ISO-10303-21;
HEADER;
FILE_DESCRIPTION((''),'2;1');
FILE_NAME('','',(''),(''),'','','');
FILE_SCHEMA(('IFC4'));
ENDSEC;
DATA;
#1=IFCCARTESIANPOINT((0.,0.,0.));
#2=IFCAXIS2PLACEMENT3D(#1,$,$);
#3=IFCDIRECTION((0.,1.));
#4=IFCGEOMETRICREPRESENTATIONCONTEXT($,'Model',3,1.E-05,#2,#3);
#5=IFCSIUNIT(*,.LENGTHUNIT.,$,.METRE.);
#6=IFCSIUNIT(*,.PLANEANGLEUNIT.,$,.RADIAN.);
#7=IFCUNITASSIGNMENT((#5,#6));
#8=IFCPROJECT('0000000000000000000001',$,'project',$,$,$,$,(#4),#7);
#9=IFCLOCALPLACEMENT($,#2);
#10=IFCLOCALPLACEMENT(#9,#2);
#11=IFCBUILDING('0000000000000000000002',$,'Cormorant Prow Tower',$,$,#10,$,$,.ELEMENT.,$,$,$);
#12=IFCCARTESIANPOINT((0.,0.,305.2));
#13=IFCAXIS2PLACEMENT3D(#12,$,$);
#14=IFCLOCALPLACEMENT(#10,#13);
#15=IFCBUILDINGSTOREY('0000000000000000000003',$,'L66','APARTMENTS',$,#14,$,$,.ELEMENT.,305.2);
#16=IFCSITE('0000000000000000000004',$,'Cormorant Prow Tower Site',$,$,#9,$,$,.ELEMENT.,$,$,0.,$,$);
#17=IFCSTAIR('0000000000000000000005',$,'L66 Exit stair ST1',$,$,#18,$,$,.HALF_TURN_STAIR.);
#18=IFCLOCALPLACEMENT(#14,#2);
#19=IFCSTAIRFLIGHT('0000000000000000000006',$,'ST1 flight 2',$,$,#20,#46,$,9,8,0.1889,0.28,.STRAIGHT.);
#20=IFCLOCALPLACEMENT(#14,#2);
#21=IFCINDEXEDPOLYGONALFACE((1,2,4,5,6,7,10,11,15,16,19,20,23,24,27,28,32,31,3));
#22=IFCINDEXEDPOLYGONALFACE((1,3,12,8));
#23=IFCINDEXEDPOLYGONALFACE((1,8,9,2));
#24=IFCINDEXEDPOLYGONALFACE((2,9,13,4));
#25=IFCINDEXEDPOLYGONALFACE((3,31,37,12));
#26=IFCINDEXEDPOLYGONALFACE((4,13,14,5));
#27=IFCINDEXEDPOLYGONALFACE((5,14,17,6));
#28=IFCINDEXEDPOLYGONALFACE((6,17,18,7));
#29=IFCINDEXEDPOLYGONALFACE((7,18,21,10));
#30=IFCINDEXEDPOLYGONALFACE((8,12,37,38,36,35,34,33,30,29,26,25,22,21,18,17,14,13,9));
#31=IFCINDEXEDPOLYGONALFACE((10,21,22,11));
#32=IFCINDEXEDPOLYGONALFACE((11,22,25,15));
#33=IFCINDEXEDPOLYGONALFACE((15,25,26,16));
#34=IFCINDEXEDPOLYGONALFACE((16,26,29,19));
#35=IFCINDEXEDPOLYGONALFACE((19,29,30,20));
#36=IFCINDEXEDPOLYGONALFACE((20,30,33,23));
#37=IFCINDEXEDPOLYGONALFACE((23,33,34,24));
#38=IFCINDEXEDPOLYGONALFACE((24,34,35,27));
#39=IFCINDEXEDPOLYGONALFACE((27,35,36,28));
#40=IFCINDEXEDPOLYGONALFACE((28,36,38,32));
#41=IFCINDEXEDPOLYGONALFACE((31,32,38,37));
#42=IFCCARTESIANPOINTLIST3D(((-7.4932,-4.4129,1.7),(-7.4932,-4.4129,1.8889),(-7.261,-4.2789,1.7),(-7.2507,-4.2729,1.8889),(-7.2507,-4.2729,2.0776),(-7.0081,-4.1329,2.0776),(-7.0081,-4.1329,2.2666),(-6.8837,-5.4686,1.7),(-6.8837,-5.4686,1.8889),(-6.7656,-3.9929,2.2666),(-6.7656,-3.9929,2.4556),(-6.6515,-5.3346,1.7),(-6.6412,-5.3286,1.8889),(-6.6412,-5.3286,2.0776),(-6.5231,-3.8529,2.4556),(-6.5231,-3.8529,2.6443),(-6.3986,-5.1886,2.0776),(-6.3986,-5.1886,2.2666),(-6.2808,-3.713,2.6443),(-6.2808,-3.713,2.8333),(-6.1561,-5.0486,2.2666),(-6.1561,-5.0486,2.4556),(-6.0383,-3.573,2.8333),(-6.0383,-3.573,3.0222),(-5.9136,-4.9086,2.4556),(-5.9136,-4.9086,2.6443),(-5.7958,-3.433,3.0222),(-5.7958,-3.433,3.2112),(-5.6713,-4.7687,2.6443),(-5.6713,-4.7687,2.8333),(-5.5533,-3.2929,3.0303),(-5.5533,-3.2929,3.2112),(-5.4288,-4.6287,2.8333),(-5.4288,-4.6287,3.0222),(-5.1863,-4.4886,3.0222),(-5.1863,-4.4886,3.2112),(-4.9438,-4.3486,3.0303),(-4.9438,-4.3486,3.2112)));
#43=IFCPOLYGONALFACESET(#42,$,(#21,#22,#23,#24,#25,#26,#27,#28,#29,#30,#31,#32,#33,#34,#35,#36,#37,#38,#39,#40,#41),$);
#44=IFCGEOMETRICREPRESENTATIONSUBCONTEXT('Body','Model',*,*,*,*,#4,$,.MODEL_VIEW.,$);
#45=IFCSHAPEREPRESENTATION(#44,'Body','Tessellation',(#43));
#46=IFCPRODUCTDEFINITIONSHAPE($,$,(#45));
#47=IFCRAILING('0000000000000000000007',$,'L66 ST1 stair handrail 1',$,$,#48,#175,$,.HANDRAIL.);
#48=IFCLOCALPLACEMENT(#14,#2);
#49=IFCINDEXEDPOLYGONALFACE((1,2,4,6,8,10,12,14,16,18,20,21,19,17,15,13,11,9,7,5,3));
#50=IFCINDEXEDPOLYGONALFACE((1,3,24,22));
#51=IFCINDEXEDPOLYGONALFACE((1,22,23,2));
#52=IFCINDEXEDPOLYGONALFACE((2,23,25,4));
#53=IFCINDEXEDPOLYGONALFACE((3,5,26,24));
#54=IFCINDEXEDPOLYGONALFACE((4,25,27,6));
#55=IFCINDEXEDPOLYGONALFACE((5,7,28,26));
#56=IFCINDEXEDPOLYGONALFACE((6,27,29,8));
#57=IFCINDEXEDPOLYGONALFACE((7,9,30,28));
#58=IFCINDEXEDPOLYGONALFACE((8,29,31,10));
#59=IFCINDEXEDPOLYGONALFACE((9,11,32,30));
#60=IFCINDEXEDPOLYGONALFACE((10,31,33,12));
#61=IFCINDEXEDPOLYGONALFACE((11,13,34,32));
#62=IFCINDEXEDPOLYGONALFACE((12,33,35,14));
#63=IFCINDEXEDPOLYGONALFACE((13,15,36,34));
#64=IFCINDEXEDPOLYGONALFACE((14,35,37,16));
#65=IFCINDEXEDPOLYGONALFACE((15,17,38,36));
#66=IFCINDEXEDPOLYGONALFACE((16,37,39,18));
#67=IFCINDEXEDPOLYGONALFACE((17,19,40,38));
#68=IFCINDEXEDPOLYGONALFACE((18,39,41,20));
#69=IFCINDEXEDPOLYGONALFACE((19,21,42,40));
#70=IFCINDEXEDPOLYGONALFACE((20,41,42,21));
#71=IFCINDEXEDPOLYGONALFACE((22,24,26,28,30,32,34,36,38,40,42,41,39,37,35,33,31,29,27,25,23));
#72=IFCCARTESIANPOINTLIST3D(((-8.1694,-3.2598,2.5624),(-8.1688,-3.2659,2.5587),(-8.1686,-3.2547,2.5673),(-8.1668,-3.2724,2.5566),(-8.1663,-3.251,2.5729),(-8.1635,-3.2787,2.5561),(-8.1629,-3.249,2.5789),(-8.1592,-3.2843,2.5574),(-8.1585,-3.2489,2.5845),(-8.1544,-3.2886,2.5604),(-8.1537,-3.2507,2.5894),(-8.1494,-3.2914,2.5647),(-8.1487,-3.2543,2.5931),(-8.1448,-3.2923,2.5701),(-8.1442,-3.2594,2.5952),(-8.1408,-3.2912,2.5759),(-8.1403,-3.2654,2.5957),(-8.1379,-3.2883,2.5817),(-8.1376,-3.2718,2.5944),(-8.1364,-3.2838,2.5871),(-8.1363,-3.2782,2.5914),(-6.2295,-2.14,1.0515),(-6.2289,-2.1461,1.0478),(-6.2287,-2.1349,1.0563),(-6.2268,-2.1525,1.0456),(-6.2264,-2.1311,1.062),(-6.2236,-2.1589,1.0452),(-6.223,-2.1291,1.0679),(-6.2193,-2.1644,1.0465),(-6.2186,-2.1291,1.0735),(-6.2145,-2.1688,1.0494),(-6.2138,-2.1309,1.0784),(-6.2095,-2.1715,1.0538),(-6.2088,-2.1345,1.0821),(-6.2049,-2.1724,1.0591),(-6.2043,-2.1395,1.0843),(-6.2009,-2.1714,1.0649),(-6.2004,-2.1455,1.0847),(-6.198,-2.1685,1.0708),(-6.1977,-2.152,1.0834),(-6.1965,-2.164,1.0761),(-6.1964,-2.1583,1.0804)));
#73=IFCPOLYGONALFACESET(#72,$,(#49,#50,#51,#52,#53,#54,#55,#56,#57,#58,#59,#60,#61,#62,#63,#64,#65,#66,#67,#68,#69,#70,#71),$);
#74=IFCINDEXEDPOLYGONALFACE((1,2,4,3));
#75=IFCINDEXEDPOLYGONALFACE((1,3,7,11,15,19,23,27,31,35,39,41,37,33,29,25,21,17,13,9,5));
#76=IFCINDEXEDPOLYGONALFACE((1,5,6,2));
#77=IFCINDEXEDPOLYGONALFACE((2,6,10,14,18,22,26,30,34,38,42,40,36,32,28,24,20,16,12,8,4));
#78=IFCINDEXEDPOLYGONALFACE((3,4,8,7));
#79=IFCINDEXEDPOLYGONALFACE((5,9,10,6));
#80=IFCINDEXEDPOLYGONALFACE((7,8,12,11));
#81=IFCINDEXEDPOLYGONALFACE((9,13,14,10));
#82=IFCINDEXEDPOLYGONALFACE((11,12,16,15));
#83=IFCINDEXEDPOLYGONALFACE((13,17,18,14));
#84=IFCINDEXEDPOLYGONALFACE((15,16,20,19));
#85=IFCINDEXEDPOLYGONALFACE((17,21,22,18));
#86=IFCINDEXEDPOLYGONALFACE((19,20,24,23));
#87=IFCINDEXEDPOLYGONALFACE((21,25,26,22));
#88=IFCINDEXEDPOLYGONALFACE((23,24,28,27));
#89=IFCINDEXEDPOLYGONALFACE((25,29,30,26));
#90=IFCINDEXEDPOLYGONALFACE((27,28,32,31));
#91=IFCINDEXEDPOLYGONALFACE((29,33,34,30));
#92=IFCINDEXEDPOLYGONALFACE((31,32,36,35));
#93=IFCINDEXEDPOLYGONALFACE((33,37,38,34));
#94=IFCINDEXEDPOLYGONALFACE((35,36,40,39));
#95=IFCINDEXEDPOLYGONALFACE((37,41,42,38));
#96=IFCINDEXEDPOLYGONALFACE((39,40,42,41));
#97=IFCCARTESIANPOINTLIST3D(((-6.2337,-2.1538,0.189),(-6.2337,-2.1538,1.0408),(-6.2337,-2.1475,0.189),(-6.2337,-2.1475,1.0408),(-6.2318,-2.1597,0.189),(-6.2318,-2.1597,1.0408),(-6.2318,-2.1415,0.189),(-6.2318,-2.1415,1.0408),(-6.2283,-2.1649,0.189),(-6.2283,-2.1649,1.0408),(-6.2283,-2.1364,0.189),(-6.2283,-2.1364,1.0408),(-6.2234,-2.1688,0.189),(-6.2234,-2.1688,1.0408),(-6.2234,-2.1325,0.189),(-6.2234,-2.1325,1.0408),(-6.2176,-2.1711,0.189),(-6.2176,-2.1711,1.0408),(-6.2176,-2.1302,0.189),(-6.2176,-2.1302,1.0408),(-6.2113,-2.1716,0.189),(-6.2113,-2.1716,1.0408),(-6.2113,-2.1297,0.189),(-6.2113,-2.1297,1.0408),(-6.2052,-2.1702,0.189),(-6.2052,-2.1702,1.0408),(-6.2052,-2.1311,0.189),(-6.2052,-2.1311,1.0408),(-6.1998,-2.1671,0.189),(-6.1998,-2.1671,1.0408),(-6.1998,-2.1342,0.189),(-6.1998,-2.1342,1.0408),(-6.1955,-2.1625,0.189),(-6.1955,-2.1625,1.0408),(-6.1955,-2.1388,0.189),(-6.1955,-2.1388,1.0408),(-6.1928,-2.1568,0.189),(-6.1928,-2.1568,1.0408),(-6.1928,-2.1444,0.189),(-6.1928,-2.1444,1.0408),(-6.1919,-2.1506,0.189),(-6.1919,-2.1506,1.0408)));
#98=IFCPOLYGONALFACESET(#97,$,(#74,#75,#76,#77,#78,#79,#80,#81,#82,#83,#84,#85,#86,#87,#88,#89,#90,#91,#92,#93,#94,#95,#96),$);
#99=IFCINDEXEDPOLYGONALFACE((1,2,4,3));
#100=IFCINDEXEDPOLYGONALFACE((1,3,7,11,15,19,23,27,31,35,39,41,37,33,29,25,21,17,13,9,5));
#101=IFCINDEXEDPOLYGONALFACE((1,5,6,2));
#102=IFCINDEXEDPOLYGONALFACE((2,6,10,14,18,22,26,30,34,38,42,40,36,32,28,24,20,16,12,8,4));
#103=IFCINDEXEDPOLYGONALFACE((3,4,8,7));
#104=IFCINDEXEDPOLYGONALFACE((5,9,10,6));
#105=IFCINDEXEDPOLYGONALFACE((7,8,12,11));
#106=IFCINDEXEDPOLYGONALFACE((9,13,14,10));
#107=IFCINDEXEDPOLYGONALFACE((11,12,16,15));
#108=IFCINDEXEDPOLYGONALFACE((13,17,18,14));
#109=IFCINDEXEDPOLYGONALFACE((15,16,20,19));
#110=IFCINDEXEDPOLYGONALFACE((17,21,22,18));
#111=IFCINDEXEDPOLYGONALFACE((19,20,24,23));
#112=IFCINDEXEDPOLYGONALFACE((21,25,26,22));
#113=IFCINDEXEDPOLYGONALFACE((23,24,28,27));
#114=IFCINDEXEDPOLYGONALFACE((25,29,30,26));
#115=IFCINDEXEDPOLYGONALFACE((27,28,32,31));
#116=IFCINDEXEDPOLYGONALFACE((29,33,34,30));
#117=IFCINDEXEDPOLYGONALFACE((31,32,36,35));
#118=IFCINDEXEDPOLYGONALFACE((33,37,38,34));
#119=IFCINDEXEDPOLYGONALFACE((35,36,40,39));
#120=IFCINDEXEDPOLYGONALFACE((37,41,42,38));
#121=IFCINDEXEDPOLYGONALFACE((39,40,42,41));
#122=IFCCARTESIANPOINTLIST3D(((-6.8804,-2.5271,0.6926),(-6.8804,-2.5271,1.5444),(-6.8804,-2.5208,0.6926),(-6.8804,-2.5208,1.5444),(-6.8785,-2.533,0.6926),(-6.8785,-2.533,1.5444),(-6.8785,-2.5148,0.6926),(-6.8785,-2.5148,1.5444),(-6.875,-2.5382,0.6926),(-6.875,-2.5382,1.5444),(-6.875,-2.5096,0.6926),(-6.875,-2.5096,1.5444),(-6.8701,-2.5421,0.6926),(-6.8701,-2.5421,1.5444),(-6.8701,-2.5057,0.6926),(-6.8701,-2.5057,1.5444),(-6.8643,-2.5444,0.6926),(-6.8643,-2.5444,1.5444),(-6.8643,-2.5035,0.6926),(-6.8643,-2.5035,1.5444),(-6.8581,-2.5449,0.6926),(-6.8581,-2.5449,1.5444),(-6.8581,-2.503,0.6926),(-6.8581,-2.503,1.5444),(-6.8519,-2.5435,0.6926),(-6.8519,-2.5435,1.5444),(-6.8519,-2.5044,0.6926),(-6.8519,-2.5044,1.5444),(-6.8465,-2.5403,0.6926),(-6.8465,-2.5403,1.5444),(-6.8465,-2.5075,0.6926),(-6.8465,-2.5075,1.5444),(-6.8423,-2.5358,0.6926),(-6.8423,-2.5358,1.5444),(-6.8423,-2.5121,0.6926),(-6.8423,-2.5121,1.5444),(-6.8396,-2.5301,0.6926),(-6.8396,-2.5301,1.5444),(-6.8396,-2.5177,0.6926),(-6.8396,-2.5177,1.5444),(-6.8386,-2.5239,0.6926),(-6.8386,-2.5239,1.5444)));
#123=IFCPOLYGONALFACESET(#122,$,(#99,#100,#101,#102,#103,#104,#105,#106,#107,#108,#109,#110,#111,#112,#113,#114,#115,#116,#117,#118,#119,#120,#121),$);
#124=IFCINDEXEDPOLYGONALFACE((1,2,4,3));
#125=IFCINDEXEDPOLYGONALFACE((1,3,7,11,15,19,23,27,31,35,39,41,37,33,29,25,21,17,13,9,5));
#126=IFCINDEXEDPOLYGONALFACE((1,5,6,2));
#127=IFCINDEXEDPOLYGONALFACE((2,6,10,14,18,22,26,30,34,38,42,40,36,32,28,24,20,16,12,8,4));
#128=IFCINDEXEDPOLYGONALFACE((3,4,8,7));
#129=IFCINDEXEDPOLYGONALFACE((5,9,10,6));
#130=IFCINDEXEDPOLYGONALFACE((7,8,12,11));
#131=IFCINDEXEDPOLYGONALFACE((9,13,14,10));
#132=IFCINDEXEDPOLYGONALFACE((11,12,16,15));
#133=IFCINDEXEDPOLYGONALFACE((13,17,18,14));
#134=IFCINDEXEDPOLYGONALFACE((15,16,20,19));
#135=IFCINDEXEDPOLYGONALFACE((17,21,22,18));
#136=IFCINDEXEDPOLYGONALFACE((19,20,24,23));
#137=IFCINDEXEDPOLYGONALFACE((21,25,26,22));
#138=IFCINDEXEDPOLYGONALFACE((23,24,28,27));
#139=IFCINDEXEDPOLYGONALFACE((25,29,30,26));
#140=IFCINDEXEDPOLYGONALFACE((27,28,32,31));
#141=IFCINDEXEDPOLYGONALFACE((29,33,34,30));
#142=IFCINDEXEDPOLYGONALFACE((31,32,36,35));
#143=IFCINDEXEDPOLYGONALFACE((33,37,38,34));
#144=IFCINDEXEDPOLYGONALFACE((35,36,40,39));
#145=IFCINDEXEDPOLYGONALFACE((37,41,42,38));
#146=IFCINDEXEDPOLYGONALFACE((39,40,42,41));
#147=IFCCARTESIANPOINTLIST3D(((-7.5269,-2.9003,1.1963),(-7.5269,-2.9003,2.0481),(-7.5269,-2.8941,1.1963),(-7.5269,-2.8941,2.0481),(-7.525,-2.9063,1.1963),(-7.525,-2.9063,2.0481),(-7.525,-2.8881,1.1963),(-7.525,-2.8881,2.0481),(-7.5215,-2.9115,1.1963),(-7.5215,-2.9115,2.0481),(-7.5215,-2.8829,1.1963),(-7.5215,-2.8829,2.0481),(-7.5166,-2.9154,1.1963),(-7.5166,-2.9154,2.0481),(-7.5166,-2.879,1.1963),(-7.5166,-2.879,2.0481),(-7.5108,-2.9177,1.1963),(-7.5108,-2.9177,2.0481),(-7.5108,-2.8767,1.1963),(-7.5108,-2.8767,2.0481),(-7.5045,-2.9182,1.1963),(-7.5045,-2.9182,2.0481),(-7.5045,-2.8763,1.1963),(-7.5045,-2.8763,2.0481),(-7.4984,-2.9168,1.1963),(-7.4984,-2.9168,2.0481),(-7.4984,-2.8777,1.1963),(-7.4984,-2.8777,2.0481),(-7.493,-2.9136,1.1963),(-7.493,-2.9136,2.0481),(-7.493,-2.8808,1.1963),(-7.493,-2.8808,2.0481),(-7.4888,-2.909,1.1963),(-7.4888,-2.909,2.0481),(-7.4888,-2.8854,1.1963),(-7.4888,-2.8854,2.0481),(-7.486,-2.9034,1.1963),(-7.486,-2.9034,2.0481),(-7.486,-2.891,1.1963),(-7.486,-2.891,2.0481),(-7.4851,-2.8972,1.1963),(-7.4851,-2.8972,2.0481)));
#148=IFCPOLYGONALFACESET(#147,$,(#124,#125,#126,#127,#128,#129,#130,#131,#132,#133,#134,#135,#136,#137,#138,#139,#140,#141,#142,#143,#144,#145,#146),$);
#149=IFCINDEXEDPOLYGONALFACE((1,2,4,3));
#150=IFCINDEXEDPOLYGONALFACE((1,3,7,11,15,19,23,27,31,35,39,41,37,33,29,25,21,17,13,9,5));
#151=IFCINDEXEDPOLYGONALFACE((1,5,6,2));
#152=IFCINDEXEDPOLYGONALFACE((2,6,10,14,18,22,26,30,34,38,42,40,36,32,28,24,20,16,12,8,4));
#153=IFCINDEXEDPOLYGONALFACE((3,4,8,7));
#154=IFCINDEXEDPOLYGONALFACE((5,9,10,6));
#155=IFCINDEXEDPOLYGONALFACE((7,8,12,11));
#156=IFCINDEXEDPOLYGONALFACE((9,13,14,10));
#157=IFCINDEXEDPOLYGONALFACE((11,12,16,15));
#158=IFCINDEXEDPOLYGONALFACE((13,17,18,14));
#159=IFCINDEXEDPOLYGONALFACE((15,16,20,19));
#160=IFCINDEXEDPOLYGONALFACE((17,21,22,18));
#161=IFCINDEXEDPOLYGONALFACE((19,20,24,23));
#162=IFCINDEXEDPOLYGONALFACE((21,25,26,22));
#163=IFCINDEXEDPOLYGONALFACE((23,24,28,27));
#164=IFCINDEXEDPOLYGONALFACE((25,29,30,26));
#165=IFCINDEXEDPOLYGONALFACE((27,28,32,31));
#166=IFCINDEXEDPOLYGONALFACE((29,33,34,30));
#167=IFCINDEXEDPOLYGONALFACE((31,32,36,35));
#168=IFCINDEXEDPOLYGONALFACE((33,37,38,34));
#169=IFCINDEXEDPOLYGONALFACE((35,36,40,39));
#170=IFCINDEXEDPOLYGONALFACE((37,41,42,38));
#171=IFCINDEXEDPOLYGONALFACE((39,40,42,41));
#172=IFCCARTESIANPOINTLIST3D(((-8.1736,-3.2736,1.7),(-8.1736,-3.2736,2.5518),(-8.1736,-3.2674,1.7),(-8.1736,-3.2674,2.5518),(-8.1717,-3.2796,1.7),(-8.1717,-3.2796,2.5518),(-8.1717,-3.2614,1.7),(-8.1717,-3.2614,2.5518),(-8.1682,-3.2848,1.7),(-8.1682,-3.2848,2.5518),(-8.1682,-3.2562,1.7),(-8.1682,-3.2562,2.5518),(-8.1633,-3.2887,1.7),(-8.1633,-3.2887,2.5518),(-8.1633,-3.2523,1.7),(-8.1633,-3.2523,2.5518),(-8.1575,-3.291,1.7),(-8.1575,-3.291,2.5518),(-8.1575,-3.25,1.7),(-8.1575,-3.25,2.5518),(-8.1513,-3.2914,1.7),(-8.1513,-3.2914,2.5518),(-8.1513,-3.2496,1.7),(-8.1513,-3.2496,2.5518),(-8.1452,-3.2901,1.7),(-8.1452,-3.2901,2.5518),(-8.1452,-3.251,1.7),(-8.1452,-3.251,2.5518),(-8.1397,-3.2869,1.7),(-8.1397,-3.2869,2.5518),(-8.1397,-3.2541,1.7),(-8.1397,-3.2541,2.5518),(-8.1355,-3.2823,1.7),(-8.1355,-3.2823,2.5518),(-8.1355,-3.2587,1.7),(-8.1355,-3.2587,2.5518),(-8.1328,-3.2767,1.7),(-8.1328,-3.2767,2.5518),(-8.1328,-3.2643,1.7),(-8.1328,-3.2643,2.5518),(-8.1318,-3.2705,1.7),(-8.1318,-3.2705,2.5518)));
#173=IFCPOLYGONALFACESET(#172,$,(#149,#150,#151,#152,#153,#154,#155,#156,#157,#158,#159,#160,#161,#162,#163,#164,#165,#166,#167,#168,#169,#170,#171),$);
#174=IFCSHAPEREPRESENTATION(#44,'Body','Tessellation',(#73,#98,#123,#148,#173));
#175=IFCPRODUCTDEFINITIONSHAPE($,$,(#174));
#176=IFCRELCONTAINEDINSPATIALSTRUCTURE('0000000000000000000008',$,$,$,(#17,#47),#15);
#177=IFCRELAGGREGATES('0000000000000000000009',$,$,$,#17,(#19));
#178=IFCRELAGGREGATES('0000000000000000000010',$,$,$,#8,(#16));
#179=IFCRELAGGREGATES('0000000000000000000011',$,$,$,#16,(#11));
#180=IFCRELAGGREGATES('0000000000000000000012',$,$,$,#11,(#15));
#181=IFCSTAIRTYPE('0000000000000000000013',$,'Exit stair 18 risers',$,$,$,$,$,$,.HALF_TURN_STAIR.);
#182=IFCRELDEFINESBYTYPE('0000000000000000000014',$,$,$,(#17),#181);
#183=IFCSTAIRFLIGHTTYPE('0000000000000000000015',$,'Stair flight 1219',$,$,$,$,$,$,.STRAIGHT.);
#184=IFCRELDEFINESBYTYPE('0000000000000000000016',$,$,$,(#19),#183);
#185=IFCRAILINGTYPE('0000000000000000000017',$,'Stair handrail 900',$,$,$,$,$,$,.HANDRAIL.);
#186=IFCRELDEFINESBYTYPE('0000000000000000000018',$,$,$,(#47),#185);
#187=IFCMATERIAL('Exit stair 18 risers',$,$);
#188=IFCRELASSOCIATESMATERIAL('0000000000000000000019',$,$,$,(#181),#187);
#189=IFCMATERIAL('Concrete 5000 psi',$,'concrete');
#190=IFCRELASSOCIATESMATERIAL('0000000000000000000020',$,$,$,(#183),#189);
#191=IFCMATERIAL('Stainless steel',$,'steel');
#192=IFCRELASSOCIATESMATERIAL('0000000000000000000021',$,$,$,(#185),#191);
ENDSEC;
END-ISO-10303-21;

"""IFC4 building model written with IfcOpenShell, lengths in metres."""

from ifc_helpers import new_model, si_unit, direction, frame, origin, origin_2d, place, context, subcontext, project, spatial, polyline, circle, outline, extrude, material, type_object, element, aggregate, save


model = new_model("IFC4")

# Units and contexts
model_context = context("Model", 3, precision=1e-05, world=origin(), true_north=direction((0.0, 1.0)))
body_context = subcontext(model_context, "Body", "Model", "MODEL_VIEW")
ifc_project = project(units=[si_unit("LENGTHUNIT", "METRE"), si_unit("PLANEANGLEUNIT", "RADIAN")], contexts=[model_context])

# Site, building, storey
site_placement = place(None, origin())
site = spatial("IfcSite", under=ifc_project, at=site_placement, Name="Cormorant Prow Tower Site", CompositionType="ELEMENT", RefElevation=0.0)
building_placement = place(site_placement, origin())
building = spatial("IfcBuilding", under=site, at=building_placement, Name="Cormorant Prow Tower", CompositionType="ELEMENT")
storey_placement = place(building_placement, frame((0.0, 0.0, 305.2)))
storey = spatial("IfcBuildingStorey", under=building, at=storey_placement, Name="L66", Description="APARTMENTS", CompositionType="ELEMENT", Elevation=305.2)

# Stair, stair flight
ifc_material_1 = material(Name="Exit stair 18 risers")
stair_type = type_object("IfcStairType", Name="Exit stair 18 risers", PredefinedType="HALF_TURN_STAIR", material=ifc_material_1)
stair_placement = place(storey_placement, origin())
stair = element("IfcStair", 1, at=stair_placement, inside=storey, type_object=stair_type, Name="L66 Exit stair ST1", PredefinedType="HALF_TURN_STAIR")
ifc_material_2 = material(Name="Concrete 5000 psi", Category="concrete")
stair_flight_type = type_object("IfcStairFlightType", Name="Stair flight 1219", PredefinedType="STRAIGHT", material=ifc_material_2)
stair_flight_1_placement = place(storey_placement, frame((-7.1885, -4.9407, 1.7), z_axis=(0.0, 0.0, 1.0), x_axis=(0.866025, 0.5, 0.0)))
stair_flight_1 = element("IfcStairFlight", 2, at=stair_flight_1_placement, type_object=stair_flight_type, Name="ST1 flight 2", NumberOfRisers=9, NumberOfTreads=8, PredefinedType="STRAIGHT", RiserHeight=0.1889, TreadLength=0.28, context=body_context, shape_type="SweptSolid", body=[
    extrude(outline(polyline([(0.0, 0.0), (0.0, 0.189), (0.28, 0.189), (0.28, 0.3777), (0.5601, 0.3777), (0.5601, 0.5667), (0.8401, 0.5667), (0.8401, 0.7556), (1.1201, 0.7556), (1.1201, 0.9443), (1.3999, 0.9443), (1.3999, 1.1333), (1.6799, 1.1333), (1.6799, 1.3223), (1.96, 1.3223), (1.96, 1.5112), (2.24, 1.5112), (2.24, 1.7), (2.24, 1.3303), (0.2681, 0.0), (0.0, 0.0)])), frame((0.0, 0.6094, 0.0), z_axis=(0.0, -1.0, 0.0), x_axis=(1.0, 0.0, 0.0)), (0.0, 0.0, 1.0), 1.219),
])
aggregate(stair, [stair_flight_1])

# Railing
ifc_material_3 = material(Name="Stainless steel", Category="steel")
railing_type_1 = type_object("IfcRailingType", Name="Stair handrail 900", PredefinedType="HANDRAIL", material=ifc_material_3)
railing_1_placement = place(storey_placement, frame((-6.2129, -2.1506, 0.189)))
element("IfcRailing", 3, at=railing_1_placement, inside=storey, type_object=railing_type_1, Name="L66 ST1 stair handrail 1", PredefinedType="HANDRAIL", context=body_context, shape_type="SweptSolid", body=[
    extrude(circle(Radius=0.0239, at=origin_2d()), frame((0.0, 0.0, 0.876), z_axis=(-0.717977, -0.414467, 0.559219), x_axis=(0.499949, -0.866055, 0.0)), (0.0, 0.0, 1.0), 2.7019),
    extrude(circle(Radius=0.021, at=origin_2d()), origin(), (0.0, 0.0, 1.0), 0.8518),
    extrude(circle(Radius=0.021, at=origin_2d()), frame((-0.6467, -0.3733, 0.5037)), (0.0, 0.0, 1.0), 0.8518),
    extrude(circle(Radius=0.021, at=origin_2d()), frame((-1.2932, -0.7466, 1.0073)), (0.0, 0.0, 1.0), 0.8518),
    extrude(circle(Radius=0.021, at=origin_2d()), frame((-1.9399, -1.1199, 1.511)), (0.0, 0.0, 1.0), 0.8518),
])

save(model, "model.ifc")
